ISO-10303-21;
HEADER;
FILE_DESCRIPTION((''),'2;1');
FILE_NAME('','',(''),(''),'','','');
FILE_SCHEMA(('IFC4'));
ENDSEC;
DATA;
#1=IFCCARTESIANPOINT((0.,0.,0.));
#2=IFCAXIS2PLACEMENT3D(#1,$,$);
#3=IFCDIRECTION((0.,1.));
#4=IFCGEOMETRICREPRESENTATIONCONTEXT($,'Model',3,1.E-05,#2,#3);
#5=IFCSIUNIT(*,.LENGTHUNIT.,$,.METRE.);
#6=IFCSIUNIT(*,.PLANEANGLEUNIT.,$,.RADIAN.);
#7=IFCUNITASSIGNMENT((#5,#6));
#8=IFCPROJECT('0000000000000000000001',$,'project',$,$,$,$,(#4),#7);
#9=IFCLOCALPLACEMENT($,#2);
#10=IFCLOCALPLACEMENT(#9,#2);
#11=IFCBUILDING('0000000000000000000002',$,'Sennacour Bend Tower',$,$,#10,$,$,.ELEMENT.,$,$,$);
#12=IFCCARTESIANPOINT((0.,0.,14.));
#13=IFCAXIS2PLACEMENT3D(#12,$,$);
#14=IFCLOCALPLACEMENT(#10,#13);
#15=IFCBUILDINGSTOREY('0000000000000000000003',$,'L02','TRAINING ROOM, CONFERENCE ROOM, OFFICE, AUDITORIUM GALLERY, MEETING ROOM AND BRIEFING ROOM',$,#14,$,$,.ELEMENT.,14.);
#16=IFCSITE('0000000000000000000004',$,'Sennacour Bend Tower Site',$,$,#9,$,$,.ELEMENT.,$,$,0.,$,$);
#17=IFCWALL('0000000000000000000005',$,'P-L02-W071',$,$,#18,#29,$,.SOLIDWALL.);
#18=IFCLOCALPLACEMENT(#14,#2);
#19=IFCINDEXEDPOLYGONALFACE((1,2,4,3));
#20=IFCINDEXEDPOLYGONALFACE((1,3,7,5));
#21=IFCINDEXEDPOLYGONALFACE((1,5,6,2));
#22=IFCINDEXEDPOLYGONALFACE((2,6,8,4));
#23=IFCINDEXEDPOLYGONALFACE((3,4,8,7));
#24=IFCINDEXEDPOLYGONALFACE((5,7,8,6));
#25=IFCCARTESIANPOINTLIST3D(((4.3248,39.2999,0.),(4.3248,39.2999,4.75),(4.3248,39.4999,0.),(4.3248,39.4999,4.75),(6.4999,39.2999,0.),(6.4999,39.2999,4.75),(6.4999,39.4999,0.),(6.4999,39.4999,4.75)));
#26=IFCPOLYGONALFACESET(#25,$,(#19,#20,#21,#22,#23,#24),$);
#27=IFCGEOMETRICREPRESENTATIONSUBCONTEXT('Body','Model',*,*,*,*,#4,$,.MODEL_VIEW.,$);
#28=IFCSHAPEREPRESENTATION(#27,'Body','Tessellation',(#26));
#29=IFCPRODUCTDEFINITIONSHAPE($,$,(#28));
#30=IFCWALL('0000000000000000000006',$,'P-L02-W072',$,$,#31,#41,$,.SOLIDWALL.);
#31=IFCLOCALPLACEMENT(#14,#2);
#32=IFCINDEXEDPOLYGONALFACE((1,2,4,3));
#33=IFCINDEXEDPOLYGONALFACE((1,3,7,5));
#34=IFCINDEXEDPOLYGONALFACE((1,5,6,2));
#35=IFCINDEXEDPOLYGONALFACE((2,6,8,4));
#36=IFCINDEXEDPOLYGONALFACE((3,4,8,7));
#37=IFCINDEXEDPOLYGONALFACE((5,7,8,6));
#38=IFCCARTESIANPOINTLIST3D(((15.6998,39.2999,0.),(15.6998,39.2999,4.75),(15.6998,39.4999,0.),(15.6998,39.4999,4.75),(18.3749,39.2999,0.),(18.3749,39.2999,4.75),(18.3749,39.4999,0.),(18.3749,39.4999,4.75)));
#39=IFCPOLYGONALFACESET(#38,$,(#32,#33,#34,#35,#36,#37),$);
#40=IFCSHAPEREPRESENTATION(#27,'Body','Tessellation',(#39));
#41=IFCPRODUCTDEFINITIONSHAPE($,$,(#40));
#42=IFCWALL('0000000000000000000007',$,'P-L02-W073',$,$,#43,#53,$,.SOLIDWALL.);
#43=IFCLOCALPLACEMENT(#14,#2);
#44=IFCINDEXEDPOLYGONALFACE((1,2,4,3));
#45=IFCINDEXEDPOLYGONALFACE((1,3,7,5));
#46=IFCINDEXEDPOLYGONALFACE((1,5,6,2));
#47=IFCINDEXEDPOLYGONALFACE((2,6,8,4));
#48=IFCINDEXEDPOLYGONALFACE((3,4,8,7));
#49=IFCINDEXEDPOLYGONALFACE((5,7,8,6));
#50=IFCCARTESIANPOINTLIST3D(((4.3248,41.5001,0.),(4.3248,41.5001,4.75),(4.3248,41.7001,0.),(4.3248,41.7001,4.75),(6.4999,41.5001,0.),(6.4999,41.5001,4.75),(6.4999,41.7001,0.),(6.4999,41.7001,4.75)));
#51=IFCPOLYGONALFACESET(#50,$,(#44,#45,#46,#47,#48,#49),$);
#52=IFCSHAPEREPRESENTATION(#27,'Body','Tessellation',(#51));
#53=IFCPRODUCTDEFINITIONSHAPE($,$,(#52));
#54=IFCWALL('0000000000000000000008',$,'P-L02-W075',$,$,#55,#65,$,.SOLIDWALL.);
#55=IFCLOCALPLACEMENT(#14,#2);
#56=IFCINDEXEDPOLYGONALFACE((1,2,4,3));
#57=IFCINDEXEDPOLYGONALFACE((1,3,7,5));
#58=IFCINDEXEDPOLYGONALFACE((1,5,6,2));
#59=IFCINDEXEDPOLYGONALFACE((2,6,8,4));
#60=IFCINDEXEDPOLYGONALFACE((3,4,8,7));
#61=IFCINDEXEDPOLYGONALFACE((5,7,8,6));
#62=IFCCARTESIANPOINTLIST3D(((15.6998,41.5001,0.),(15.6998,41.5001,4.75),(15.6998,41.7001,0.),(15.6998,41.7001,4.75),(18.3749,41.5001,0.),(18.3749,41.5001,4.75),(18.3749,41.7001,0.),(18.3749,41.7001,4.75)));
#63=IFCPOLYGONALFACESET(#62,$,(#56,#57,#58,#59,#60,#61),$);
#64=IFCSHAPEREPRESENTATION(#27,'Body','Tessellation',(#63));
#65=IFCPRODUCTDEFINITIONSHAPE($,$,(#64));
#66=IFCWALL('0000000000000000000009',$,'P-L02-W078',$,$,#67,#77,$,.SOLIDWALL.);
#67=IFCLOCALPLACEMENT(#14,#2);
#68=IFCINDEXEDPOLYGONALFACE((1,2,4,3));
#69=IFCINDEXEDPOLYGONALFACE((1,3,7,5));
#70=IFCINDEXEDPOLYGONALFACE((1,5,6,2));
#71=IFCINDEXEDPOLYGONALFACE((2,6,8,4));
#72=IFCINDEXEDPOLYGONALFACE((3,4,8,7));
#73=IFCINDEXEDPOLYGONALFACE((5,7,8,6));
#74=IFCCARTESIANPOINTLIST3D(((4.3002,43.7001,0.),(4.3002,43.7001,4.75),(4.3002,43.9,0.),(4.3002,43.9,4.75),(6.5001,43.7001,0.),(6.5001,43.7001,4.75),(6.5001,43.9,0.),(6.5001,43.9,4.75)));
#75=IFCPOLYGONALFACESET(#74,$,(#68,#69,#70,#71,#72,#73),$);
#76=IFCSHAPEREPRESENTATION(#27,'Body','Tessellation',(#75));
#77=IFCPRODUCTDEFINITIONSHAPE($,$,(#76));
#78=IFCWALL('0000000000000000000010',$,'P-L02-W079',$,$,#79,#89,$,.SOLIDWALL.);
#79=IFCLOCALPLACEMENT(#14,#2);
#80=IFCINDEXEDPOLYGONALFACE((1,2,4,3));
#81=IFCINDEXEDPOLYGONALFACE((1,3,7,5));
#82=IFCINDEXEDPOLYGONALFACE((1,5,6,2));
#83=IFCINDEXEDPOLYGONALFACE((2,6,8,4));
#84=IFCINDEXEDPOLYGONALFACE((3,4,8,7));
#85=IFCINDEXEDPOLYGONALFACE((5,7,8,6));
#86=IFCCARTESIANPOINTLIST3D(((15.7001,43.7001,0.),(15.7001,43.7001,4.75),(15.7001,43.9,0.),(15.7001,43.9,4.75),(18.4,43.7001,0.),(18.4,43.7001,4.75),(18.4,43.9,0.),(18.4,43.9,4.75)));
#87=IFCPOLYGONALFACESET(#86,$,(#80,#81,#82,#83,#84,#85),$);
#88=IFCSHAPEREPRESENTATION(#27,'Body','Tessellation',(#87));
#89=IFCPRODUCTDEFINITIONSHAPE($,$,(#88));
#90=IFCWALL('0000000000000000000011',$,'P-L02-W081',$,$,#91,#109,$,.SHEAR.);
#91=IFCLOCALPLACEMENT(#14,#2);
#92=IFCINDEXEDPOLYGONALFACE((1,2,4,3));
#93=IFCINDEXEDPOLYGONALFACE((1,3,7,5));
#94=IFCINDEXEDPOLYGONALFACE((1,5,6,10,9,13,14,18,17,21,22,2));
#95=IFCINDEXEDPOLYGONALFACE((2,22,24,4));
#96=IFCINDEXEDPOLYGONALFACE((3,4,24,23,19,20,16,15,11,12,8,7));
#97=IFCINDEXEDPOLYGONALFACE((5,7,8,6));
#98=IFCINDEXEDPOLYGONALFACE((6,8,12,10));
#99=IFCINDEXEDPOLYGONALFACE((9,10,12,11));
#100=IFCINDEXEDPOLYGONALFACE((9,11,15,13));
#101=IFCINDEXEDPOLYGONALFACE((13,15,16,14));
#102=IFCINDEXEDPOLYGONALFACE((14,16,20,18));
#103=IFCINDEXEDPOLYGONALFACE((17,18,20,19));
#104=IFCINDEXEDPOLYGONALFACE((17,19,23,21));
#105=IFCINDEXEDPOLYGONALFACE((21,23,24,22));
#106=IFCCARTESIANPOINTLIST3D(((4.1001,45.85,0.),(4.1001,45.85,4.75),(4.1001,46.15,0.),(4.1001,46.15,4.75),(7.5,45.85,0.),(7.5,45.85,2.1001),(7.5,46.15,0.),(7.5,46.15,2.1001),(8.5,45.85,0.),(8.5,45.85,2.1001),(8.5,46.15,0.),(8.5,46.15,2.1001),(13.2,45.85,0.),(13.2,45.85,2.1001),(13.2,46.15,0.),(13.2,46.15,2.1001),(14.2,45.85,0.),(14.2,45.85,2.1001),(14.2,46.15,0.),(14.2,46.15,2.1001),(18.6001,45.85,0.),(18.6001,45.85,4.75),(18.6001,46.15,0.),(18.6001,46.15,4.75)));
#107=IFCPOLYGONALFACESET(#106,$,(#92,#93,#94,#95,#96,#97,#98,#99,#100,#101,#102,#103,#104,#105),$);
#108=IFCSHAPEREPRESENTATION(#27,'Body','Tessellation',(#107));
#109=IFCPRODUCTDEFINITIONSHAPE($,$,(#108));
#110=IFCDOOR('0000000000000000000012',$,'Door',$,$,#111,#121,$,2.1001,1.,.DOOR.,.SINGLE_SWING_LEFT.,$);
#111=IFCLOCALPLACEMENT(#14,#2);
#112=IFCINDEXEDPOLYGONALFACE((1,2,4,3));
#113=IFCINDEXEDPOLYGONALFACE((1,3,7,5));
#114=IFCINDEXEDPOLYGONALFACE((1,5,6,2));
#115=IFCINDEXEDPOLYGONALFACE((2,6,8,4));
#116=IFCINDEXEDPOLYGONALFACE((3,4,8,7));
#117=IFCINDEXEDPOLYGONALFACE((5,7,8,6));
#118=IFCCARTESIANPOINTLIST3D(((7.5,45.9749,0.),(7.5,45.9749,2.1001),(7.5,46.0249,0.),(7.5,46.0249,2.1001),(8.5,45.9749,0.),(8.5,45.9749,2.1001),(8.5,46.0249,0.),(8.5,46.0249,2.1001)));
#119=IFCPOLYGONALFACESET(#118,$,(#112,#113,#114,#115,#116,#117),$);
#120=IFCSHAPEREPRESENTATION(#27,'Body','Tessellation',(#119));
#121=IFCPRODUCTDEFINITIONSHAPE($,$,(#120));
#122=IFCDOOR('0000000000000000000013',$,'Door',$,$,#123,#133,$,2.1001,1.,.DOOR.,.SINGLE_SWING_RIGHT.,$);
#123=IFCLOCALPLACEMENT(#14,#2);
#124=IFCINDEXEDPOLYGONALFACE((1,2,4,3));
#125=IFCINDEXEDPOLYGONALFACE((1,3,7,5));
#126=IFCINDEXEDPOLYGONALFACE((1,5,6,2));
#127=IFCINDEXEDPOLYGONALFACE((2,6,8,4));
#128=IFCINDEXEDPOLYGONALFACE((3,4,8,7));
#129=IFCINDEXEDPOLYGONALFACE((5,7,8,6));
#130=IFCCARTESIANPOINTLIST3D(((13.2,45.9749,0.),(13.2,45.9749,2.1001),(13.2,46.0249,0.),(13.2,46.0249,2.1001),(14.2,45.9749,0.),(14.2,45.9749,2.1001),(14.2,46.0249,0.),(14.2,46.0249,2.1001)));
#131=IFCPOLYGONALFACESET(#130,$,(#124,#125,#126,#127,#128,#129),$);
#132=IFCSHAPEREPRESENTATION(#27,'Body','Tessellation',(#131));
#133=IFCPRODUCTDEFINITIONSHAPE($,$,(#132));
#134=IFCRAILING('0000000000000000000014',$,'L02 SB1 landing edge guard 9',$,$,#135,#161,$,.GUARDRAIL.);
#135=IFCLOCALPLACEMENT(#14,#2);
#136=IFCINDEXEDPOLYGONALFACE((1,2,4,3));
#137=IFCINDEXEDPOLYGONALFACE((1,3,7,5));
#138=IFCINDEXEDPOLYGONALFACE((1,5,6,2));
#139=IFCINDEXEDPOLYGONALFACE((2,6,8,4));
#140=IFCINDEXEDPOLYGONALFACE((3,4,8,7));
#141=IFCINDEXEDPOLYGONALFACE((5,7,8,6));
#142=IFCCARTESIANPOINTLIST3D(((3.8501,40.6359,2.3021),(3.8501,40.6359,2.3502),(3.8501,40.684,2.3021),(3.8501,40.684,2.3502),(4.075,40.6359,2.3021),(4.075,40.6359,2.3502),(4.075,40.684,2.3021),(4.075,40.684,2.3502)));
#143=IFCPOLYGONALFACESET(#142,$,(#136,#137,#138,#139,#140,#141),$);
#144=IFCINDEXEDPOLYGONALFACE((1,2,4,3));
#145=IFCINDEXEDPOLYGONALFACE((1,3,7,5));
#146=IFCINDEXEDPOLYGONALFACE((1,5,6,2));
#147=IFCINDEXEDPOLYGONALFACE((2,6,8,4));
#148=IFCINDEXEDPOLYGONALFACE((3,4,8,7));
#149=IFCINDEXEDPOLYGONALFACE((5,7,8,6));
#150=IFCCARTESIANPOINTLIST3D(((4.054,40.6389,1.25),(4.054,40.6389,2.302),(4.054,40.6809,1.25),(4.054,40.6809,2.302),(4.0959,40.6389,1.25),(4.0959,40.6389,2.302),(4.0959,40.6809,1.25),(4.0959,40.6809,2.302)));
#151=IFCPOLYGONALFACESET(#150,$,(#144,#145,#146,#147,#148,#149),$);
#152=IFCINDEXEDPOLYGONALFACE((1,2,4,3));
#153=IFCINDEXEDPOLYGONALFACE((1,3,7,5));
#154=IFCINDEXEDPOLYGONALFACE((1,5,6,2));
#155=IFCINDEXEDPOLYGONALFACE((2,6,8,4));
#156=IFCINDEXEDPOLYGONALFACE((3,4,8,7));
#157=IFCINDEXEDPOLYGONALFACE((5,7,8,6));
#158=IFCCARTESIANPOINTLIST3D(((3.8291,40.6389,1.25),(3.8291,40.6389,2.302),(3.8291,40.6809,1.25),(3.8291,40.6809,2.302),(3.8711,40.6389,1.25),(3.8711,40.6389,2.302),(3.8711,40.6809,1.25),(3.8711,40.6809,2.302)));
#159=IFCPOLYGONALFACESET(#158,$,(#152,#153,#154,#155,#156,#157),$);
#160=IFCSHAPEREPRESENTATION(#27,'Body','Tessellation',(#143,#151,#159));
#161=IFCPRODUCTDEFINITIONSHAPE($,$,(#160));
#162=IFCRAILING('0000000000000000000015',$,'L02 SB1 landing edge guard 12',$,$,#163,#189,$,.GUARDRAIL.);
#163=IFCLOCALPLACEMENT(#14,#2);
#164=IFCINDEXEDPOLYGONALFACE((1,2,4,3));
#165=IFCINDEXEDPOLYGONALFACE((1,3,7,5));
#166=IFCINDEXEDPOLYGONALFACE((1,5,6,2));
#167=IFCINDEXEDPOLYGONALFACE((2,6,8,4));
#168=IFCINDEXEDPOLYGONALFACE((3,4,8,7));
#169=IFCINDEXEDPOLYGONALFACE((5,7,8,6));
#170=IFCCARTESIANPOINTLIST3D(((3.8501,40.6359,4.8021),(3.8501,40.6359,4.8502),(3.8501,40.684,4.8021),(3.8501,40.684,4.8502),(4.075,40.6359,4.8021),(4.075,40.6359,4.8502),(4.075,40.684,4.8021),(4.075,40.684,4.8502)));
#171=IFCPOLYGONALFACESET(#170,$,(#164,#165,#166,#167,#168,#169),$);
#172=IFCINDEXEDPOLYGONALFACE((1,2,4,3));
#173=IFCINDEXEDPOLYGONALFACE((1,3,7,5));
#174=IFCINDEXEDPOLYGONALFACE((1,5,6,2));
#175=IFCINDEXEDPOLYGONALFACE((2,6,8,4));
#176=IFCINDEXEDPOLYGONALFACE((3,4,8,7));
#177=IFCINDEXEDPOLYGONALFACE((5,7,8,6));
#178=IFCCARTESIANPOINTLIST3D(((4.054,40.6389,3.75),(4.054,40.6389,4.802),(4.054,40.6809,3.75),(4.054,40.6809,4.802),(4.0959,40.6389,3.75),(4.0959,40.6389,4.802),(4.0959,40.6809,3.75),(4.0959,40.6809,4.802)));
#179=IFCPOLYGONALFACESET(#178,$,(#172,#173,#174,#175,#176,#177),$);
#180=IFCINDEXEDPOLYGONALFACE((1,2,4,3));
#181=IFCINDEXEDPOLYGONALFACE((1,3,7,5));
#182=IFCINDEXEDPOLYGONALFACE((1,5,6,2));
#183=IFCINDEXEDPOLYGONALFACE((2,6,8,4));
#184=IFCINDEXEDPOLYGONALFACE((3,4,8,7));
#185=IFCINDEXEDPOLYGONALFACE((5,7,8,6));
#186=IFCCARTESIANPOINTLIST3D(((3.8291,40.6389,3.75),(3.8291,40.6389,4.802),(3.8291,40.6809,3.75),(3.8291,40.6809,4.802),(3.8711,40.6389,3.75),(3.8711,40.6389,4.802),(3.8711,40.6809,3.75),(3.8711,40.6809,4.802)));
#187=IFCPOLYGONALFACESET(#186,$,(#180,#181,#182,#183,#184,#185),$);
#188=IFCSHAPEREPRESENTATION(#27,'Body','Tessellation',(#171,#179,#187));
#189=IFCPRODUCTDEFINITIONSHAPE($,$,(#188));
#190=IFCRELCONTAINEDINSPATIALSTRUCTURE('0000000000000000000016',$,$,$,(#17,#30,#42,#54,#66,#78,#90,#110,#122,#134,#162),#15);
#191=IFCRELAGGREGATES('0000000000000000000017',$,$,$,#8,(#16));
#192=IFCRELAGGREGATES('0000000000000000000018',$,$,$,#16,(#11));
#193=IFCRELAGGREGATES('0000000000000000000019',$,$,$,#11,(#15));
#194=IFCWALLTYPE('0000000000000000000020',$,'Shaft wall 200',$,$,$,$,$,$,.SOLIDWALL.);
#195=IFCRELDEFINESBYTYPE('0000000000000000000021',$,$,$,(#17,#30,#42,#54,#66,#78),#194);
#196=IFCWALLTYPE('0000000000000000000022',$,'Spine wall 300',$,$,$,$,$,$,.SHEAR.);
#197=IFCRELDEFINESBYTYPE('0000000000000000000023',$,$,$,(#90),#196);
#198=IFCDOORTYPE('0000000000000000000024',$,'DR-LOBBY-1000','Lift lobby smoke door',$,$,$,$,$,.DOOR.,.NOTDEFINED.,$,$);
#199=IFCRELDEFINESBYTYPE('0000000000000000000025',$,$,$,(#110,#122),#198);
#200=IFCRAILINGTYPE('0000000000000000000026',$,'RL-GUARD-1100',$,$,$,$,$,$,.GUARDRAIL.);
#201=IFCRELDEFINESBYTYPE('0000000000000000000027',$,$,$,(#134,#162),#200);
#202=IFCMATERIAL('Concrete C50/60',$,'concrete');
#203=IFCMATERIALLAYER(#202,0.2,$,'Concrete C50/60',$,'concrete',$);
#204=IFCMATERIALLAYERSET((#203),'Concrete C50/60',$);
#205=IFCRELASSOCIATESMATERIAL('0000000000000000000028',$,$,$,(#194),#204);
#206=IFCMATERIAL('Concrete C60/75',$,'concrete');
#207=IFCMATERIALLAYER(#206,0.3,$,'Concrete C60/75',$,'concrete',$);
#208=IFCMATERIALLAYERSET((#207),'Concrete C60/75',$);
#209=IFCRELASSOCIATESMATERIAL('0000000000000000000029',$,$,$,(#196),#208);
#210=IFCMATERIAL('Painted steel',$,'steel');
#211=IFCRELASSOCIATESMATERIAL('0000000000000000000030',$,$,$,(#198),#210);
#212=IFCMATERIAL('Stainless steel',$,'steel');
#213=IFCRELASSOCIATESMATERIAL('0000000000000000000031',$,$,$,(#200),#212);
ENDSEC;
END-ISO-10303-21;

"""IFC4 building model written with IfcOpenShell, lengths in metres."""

from ifc_helpers import new_model, si_unit, direction, frame, frame_2d, origin, origin_2d, place, context, subcontext, project, spatial, rectangle, extrude, material, layer, layer_set, type_object, element, fill, save


model = new_model("IFC4")

# Units and contexts
model_context = context("Model", 3, precision=1e-05, world=origin(), true_north=direction((0.0, 1.0)))
body_context = subcontext(model_context, "Body", "Model", "MODEL_VIEW")
ifc_project = project(units=[si_unit("LENGTHUNIT", "METRE"), si_unit("PLANEANGLEUNIT", "RADIAN")], contexts=[model_context])

# Site, building, storey
site_placement = place(None, origin())
site = spatial("IfcSite", under=ifc_project, at=site_placement, Name="Sennacour Bend Tower Site", CompositionType="ELEMENT", RefElevation=0.0)
building_placement = place(site_placement, origin())
building = spatial("IfcBuilding", under=site, at=building_placement, Name="Sennacour Bend Tower", CompositionType="ELEMENT")
storey_placement = place(building_placement, frame((0.0, 0.0, 14.0)))
storey = spatial("IfcBuildingStorey", under=building, at=storey_placement, Name="L02", Description="TRAINING ROOM, CONFERENCE ROOM, OFFICE, AUDITORIUM GALLERY, MEETING ROOM AND BRIEFING ROOM", CompositionType="ELEMENT", Elevation=14.0)

# Shared definitions
ifc_material_1 = material(Name="Painted steel", Category="steel")

# Shared definitions
ifc_material_2 = material(Name="Concrete C50/60", Category="concrete")
ifc_layer_1 = layer(ifc_material_2, 0.2, Name="Concrete C50/60", Category="concrete")
ifc_layer_set_1 = layer_set([ifc_layer_1], Name="Concrete C50/60")
wall_type_1 = type_object("IfcWallType", Name="Shaft wall 200", PredefinedType="SOLIDWALL", material=ifc_layer_set_1)

# Shared definitions
ifc_material_3 = material(Name="Stainless steel", Category="steel")

# Walls
wall_1_placement = place(storey_placement, frame((4.325, 39.3999, 0.0), z_axis=(0.0, 0.0, 1.0), x_axis=(1.0, 0.0, 0.0)))
element("IfcWall", 1, at=wall_1_placement, inside=storey, type_object=wall_type_1, Name="P-L02-W071", PredefinedType="SOLIDWALL", context=body_context, shape_type="SweptSolid", body=[
    extrude(rectangle(XDim=2.175, YDim=0.2, at=frame_2d((1.0874, 0.0))), origin(), (0.0, 0.0, 1.0), 4.75),
])
wall_2_placement = place(storey_placement, frame((15.7, 39.3999, 0.0), z_axis=(0.0, 0.0, 1.0), x_axis=(1.0, 0.0, 0.0)))
element("IfcWall", 2, at=wall_2_placement, inside=storey, type_object=wall_type_1, Name="P-L02-W072", PredefinedType="SOLIDWALL", context=body_context, shape_type="SweptSolid", body=[
    extrude(rectangle(XDim=2.675, YDim=0.2, at=frame_2d((1.3374, 0.0))), origin(), (0.0, 0.0, 1.0), 4.75),
])
wall_3_placement = place(storey_placement, frame((4.325, 41.6001, 0.0), z_axis=(0.0, 0.0, 1.0), x_axis=(1.0, 0.0, 0.0)))
element("IfcWall", 3, at=wall_3_placement, inside=storey, type_object=wall_type_1, Name="P-L02-W073", PredefinedType="SOLIDWALL", context=body_context, shape_type="SweptSolid", body=[
    extrude(rectangle(XDim=2.175, YDim=0.2, at=frame_2d((1.0874, 0.0))), origin(), (0.0, 0.0, 1.0), 4.75),
])
wall_4_placement = place(storey_placement, frame((15.7, 41.6001, 0.0), z_axis=(0.0, 0.0, 1.0), x_axis=(1.0, 0.0, 0.0)))
element("IfcWall", 4, at=wall_4_placement, inside=storey, type_object=wall_type_1, Name="P-L02-W075", PredefinedType="SOLIDWALL", context=body_context, shape_type="SweptSolid", body=[
    extrude(rectangle(XDim=2.675, YDim=0.2, at=frame_2d((1.3374, 0.0))), origin(), (0.0, 0.0, 1.0), 4.75),
])
wall_5_placement = place(storey_placement, frame((4.3, 43.8, 0.0), z_axis=(0.0, 0.0, 1.0), x_axis=(1.0, 0.0, 0.0)))
element("IfcWall", 5, at=wall_5_placement, inside=storey, type_object=wall_type_1, Name="P-L02-W078", PredefinedType="SOLIDWALL", context=body_context, shape_type="SweptSolid", body=[
    extrude(rectangle(XDim=2.2, YDim=0.2, at=frame_2d((1.1001, 0.0))), origin(), (0.0, 0.0, 1.0), 4.75),
])
wall_6_placement = place(storey_placement, frame((15.7, 43.8, 0.0), z_axis=(0.0, 0.0, 1.0), x_axis=(1.0, 0.0, 0.0)))
element("IfcWall", 6, at=wall_6_placement, inside=storey, type_object=wall_type_1, Name="P-L02-W079", PredefinedType="SOLIDWALL", context=body_context, shape_type="SweptSolid", body=[
    extrude(rectangle(XDim=2.7, YDim=0.2, at=frame_2d((1.3501, 0.0))), origin(), (0.0, 0.0, 1.0), 4.75),
])

# Wall, openings, doors
ifc_material_4 = material(Name="Concrete C60/75", Category="concrete")
ifc_layer_2 = layer(ifc_material_4, 0.3, Name="Concrete C60/75", Category="concrete")
ifc_layer_set_2 = layer_set([ifc_layer_2], Name="Concrete C60/75")
wall_type_2 = type_object("IfcWallType", Name="Spine wall 300", PredefinedType="SHEAR", material=ifc_layer_set_2)
wall_7_placement = place(storey_placement, frame((4.1001, 46.0, 0.0), z_axis=(0.0, 0.0, 1.0), x_axis=(1.0, 0.0, 0.0)))
wall_7 = element("IfcWall", 7, at=wall_7_placement, inside=storey, type_object=wall_type_2, Name="P-L02-W081", PredefinedType="SHEAR", context=body_context, shape_type="SweptSolid", body=[
    extrude(rectangle(XDim=14.5, YDim=0.3, at=frame_2d((7.25, 0.0))), origin(), (0.0, 0.0, 1.0), 4.75),
])
opening_1_placement = place(wall_7_placement, frame((3.3999, 0.0, 0.0)))
opening_1 = element("IfcOpeningElement", 8, at=opening_1_placement, cuts=wall_7, PredefinedType="OPENING", context=body_context, shape_type="SweptSolid", body=[
    extrude(rectangle(XDim=1.0, YDim=2.1001, at=frame_2d((0.5, 1.05))), frame((0.0, 0.1602, 0.0), z_axis=(0.0, -1.0, 0.0), x_axis=(1.0, 0.0, 0.0)), (0.0, 0.0, 1.0), 0.3201),
])
opening_2_placement = place(wall_7_placement, frame((9.0999, 0.0, 0.0)))
opening_2 = element("IfcOpeningElement", 9, at=opening_2_placement, cuts=wall_7, PredefinedType="OPENING", context=body_context, shape_type="SweptSolid", body=[
    extrude(rectangle(XDim=1.0, YDim=2.1001, at=frame_2d((0.5, 1.05))), frame((0.0, 0.1602, 0.0), z_axis=(0.0, -1.0, 0.0), x_axis=(1.0, 0.0, 0.0)), (0.0, 0.0, 1.0), 0.3201),
])
door_type_1 = type_object("IfcDoorType", Name="DR-LOBBY-1000", Description="Lift lobby smoke door", OperationType="NOTDEFINED", PredefinedType="DOOR", material=ifc_material_1)
door_1_placement = place(opening_1_placement, origin())
door_1 = element("IfcDoor", 10, at=door_1_placement, inside=storey, type_object=door_type_1, Name="Door", OperationType="SINGLE_SWING_LEFT", OverallHeight=2.1001, OverallWidth=1.0, PredefinedType="DOOR", context=body_context, shape_type="SweptSolid", body=[
    extrude(rectangle(XDim=1.0, YDim=2.1001, at=frame_2d((0.5, 1.05))), frame((0.0, 0.0249, 0.0), z_axis=(0.0, -1.0, 0.0), x_axis=(1.0, 0.0, 0.0)), (0.0, 0.0, 1.0), 0.05),
])
fill(opening_1, door_1)
door_2_placement = place(opening_2_placement, origin())
door_2 = element("IfcDoor", 11, at=door_2_placement, inside=storey, type_object=door_type_1, Name="Door", OperationType="SINGLE_SWING_RIGHT", OverallHeight=2.1001, OverallWidth=1.0, PredefinedType="DOOR", context=body_context, shape_type="SweptSolid", body=[
    extrude(rectangle(XDim=1.0, YDim=2.1001, at=frame_2d((0.5, 1.05))), frame((0.0, 0.0249, 0.0), z_axis=(0.0, -1.0, 0.0), x_axis=(1.0, 0.0, 0.0)), (0.0, 0.0, 1.0), 0.05),
])
fill(opening_2, door_2)

# Railings
railing_type_1 = type_object("IfcRailingType", Name="RL-GUARD-1100", PredefinedType="GUARDRAIL", material=ifc_material_3)
for number, where, name in (
    (12, (4.075, 40.6599, 1.25), "L02 SB1 landing edge guard 9"),
    (13, (4.075, 40.6599, 3.75), "L02 SB1 landing edge guard 12"),
):
    element("IfcRailing", number, at=place(storey_placement, frame(where)), inside=storey, type_object=railing_type_1, Name=name, PredefinedType="GUARDRAIL", context=body_context, shape_type="SweptSolid", body=[
        extrude(rectangle(XDim=0.0481, YDim=0.0481, at=origin_2d()), frame((0.0, 0.0, 1.0762), z_axis=(-1.0, 0.0, 0.0), x_axis=(0.0, -1.0, 0.0)), (0.0, 0.0, 1.0), 0.2249),
        extrude(rectangle(XDim=0.042, YDim=0.042, at=origin_2d()), origin(), (0.0, 0.0, 1.0), 1.052),
        extrude(rectangle(XDim=0.042, YDim=0.042, at=origin_2d()), frame((-0.2249, 0.0, 0.0)), (0.0, 0.0, 1.0), 1.052),
    ])

save(model, "model.ifc")
